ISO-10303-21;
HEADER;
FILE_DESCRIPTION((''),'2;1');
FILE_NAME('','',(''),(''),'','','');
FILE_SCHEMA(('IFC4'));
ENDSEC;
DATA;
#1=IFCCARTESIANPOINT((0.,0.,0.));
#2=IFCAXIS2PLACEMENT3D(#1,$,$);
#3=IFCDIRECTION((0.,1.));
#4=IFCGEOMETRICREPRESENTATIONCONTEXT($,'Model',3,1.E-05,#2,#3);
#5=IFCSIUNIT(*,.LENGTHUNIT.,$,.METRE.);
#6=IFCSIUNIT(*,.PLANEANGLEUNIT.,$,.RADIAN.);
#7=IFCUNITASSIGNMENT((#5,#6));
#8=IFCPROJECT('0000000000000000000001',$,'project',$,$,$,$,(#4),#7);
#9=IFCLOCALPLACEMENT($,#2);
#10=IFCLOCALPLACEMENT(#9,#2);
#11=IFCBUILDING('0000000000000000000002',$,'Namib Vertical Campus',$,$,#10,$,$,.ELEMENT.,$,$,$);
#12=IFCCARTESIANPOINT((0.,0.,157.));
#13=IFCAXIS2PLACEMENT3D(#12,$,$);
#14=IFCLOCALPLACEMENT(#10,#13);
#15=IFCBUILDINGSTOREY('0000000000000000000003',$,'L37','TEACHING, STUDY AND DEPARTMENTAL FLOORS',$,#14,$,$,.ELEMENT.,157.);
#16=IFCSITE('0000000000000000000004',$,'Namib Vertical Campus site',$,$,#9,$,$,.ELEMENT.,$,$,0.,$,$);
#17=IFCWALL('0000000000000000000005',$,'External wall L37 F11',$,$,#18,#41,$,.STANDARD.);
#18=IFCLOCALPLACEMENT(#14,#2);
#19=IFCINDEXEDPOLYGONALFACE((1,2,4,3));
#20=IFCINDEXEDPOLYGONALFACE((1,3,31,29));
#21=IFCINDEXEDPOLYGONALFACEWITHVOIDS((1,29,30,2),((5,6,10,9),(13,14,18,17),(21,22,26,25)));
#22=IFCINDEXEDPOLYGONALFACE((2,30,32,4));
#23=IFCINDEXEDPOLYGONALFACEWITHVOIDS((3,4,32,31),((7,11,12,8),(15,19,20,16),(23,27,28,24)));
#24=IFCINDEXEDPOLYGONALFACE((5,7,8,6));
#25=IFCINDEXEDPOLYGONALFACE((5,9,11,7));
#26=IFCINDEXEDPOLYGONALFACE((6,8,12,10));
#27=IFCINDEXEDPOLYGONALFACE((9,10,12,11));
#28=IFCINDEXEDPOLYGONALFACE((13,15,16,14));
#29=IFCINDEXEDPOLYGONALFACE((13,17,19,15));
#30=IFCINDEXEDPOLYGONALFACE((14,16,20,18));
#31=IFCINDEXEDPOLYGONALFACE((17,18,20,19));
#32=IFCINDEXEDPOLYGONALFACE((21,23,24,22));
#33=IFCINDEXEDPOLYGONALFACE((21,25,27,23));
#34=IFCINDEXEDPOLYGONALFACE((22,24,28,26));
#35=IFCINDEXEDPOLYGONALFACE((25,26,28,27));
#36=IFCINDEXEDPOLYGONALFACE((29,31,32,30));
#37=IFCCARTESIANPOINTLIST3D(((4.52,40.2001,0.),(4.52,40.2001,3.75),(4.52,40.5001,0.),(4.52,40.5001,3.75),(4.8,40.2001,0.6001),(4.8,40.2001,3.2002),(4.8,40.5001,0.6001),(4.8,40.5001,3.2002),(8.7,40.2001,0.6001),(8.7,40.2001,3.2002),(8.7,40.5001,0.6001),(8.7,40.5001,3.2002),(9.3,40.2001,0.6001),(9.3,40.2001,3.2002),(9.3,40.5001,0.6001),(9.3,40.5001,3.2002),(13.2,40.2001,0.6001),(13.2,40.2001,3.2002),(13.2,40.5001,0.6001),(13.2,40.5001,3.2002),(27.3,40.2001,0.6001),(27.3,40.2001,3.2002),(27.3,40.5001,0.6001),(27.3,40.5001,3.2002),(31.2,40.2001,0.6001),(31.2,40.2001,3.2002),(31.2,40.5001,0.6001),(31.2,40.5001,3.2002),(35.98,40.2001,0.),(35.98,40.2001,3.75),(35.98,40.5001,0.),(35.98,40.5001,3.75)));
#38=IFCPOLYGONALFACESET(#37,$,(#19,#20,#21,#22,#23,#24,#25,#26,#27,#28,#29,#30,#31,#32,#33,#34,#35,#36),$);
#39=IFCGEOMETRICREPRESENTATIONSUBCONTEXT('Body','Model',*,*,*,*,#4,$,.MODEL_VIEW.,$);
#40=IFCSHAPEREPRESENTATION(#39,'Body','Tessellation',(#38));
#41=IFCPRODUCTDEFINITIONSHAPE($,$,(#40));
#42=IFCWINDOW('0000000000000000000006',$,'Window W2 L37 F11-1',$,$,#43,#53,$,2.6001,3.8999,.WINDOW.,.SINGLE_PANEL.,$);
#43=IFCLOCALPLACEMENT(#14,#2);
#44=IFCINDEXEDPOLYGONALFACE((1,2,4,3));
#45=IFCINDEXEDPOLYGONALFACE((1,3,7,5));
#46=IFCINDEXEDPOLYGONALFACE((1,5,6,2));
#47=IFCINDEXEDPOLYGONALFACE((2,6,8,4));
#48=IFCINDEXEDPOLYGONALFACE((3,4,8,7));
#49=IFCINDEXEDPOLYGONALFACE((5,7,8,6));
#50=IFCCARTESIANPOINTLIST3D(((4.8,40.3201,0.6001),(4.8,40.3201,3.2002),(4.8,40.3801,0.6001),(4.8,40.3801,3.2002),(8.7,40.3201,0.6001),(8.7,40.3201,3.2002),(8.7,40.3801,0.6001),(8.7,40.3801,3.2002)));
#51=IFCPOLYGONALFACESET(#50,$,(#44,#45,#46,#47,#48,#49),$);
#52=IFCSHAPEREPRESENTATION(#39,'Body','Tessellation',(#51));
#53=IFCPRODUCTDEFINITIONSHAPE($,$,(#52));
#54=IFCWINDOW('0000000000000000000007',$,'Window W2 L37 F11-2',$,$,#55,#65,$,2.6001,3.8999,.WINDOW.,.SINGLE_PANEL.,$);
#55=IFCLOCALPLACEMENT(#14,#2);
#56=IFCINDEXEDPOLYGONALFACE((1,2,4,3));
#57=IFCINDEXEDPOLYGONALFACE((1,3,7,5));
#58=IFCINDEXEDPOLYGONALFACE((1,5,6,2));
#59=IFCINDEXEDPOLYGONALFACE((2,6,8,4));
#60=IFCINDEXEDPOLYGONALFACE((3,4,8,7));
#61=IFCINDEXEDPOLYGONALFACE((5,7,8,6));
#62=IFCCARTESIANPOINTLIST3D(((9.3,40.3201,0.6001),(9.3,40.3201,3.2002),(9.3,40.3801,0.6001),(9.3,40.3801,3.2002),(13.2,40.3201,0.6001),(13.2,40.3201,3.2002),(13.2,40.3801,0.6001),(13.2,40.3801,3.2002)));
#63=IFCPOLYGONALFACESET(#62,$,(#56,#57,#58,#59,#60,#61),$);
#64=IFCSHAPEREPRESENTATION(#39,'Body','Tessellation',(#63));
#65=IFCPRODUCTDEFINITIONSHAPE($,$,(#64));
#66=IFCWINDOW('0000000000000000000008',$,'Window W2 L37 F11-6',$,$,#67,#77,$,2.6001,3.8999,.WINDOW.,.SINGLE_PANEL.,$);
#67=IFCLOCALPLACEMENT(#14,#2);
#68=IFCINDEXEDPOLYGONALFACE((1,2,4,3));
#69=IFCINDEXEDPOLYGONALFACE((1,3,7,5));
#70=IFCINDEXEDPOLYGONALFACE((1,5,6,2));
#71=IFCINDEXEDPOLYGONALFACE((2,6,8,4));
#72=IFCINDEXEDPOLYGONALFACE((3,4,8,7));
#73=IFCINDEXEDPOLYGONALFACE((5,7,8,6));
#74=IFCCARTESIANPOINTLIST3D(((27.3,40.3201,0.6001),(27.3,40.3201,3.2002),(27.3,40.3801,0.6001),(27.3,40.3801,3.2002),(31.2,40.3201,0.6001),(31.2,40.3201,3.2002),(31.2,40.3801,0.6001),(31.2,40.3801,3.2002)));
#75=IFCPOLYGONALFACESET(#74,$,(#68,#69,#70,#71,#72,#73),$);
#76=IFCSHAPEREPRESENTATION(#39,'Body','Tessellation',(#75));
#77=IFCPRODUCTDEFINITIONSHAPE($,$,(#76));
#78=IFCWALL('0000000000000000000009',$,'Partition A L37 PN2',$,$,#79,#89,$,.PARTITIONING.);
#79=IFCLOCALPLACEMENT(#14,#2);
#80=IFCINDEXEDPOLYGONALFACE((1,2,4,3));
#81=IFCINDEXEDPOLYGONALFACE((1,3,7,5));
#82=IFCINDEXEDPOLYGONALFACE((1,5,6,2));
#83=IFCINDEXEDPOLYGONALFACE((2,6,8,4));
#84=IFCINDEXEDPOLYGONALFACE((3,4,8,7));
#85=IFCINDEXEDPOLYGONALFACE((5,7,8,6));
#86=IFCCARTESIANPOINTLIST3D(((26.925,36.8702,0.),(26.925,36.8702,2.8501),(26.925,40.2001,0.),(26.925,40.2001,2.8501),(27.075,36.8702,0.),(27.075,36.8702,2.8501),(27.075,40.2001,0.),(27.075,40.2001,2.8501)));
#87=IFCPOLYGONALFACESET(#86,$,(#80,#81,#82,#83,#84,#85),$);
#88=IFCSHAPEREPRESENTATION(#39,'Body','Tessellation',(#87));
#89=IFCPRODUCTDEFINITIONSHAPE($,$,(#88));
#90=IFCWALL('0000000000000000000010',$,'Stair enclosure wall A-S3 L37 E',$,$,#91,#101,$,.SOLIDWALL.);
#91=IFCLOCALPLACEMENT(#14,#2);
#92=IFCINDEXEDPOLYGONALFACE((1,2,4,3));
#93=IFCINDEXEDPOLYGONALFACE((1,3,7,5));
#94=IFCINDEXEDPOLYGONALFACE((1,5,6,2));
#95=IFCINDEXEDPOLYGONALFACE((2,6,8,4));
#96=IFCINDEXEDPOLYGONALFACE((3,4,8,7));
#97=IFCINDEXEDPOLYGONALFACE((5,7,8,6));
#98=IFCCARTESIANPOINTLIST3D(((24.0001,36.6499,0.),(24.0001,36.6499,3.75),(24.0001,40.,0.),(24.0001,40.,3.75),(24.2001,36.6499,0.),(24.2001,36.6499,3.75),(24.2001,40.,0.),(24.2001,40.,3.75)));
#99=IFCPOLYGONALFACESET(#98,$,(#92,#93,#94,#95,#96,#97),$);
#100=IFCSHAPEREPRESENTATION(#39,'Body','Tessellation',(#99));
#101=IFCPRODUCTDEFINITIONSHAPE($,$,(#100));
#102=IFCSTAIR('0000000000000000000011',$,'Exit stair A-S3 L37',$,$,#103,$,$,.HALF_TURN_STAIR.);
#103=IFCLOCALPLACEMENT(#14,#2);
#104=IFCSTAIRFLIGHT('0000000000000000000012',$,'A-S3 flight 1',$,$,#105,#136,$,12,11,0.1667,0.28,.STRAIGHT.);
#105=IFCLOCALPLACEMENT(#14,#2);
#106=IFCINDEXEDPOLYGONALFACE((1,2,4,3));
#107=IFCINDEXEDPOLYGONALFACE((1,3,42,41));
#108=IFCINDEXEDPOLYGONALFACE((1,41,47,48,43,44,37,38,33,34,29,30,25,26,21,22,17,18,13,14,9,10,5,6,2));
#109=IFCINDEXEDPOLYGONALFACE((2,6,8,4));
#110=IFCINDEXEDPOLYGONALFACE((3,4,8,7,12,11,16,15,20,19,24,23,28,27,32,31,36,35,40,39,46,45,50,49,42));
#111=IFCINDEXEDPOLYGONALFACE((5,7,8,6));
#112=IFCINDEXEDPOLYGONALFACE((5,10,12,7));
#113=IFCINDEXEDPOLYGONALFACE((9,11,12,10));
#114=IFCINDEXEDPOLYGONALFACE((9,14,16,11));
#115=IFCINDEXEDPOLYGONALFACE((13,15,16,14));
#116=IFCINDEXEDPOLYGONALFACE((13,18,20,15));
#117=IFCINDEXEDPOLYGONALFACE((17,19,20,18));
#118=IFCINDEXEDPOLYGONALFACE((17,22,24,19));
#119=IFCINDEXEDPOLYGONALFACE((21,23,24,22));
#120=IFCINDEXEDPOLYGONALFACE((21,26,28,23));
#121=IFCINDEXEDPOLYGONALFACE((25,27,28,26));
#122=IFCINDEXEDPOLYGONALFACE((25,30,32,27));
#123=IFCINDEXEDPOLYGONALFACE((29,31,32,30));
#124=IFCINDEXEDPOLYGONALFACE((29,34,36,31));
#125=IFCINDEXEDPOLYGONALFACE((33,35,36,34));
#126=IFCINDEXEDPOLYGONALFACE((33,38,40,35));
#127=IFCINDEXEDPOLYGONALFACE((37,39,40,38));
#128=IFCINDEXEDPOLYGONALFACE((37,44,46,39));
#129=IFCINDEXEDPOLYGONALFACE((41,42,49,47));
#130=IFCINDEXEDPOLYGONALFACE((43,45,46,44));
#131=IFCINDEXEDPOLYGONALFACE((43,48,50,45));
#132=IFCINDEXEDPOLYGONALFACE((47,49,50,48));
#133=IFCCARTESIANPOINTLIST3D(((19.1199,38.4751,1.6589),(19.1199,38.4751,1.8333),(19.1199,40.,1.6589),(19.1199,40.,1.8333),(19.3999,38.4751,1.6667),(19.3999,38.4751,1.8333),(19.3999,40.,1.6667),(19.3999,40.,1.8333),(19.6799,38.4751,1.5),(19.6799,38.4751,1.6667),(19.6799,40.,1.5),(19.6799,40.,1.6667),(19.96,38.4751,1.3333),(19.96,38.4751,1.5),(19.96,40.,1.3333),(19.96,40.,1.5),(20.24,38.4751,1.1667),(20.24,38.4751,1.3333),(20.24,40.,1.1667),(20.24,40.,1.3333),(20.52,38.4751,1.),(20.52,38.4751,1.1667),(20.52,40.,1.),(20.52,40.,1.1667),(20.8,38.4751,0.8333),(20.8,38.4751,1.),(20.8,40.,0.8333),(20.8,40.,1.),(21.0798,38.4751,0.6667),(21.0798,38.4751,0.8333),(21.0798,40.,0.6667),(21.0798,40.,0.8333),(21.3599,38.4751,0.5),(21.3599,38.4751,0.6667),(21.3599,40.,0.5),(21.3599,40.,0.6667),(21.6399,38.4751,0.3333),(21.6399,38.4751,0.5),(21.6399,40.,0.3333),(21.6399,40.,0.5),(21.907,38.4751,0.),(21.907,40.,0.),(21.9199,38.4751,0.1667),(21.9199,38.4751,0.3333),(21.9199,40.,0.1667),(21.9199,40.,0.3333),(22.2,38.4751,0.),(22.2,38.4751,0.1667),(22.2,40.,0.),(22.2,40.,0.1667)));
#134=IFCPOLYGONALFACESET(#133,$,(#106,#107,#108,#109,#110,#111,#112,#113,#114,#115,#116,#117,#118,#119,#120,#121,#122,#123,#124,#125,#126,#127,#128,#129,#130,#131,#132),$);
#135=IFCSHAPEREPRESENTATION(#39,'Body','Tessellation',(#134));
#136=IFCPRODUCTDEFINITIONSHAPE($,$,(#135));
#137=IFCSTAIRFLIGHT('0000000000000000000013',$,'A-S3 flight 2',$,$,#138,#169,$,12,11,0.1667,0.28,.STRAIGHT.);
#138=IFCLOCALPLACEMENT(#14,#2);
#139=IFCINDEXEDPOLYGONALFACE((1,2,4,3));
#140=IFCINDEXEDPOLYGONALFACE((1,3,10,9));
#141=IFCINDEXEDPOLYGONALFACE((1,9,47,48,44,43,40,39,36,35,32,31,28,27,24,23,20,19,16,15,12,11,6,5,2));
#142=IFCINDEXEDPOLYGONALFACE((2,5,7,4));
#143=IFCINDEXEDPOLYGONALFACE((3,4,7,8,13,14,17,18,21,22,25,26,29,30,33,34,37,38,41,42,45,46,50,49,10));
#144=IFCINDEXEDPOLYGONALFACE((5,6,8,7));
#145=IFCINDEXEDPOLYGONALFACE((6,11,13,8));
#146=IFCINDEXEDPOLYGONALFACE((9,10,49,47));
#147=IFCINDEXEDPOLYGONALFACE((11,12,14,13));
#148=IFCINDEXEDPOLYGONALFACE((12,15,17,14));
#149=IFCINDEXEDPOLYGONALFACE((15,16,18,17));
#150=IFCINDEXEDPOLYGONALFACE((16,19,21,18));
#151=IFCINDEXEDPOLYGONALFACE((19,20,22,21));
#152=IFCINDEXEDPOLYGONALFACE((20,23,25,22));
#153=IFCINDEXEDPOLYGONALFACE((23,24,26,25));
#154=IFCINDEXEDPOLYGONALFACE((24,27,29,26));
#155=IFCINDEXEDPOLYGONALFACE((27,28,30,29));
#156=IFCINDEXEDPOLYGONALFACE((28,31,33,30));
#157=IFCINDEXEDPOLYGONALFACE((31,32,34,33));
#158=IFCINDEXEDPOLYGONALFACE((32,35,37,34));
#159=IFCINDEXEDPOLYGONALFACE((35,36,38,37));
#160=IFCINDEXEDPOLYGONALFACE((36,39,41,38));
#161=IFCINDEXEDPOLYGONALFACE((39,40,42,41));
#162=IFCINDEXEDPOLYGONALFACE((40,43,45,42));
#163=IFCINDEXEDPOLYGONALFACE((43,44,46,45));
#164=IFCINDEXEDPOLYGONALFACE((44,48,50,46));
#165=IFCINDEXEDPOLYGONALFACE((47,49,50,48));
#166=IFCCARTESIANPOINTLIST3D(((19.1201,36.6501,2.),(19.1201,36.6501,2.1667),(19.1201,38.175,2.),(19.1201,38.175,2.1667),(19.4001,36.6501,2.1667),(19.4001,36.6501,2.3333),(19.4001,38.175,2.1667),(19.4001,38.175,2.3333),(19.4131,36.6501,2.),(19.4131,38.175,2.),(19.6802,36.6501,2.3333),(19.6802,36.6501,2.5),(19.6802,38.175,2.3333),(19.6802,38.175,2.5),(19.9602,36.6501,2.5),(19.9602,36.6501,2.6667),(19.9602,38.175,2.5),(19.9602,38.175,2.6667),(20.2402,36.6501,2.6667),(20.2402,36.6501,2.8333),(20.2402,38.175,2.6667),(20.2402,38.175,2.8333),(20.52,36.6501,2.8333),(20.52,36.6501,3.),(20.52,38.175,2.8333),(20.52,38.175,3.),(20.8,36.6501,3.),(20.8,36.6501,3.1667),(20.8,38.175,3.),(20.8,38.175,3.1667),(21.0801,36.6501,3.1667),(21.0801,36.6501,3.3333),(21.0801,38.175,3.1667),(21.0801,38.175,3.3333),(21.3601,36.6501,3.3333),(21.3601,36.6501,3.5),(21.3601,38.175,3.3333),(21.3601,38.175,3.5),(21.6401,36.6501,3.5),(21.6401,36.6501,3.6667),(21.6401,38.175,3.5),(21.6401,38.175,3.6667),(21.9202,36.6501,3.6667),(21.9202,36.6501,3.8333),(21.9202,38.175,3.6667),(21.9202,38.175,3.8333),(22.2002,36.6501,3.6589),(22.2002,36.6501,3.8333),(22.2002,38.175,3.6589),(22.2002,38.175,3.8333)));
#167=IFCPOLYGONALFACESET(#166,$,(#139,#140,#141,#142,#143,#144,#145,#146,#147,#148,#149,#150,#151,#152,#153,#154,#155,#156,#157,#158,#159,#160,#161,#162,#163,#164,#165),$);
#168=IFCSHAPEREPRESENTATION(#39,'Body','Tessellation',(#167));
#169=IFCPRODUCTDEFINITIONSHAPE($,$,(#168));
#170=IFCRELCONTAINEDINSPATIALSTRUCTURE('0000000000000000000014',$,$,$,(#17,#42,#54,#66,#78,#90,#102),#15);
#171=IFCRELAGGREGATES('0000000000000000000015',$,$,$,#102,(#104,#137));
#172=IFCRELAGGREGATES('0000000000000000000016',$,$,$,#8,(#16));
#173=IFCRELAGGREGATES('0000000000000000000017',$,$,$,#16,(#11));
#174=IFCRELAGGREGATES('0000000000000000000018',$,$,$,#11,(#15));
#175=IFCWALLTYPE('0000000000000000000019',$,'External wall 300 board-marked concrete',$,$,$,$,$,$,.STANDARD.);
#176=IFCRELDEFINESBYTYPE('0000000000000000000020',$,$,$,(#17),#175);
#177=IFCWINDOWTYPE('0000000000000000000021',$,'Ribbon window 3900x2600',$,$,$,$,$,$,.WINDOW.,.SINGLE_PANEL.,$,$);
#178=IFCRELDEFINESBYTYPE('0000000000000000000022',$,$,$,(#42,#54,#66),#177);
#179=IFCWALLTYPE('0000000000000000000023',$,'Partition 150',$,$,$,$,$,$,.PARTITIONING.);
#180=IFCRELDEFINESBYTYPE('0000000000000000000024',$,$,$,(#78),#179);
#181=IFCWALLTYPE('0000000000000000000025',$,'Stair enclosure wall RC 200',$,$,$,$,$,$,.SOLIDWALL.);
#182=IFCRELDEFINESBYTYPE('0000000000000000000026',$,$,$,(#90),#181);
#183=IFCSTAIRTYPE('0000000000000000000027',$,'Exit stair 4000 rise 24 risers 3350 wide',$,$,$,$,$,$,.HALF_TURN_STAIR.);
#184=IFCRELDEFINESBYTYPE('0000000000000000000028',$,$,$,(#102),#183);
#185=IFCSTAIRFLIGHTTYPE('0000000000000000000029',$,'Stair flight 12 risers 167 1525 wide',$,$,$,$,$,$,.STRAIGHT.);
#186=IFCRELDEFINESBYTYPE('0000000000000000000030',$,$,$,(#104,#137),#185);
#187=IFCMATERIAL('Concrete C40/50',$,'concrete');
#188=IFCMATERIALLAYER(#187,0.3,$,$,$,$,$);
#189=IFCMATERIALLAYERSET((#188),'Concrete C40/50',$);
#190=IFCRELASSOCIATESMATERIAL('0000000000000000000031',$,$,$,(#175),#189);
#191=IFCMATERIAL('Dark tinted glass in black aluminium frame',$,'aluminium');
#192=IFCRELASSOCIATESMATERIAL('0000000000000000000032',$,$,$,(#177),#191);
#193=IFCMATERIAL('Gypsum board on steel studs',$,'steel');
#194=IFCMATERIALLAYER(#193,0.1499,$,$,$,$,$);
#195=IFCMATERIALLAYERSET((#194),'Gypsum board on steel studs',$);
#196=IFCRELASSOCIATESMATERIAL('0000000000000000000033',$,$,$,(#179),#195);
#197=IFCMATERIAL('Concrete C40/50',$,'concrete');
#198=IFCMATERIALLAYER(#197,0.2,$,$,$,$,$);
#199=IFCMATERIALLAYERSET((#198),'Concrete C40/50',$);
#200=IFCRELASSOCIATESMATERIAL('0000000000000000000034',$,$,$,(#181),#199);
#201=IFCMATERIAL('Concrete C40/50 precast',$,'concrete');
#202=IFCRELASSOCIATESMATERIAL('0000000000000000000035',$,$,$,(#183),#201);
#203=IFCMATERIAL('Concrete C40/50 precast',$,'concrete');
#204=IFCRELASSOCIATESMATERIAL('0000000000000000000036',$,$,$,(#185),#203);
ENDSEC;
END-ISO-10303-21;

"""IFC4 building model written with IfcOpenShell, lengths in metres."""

from ifc_helpers import new_model, si_unit, direction, frame, frame_2d, origin, place, context, subcontext, project, spatial, polyline, rectangle, outline, extrude, material, layer, layer_set, type_object, element, fill, aggregate, save


model = new_model("IFC4")

# Units and contexts
model_context = context("Model", 3, precision=1e-05, world=origin(), true_north=direction((0.0, 1.0)))
body_context = subcontext(model_context, "Body", "Model", "MODEL_VIEW")
ifc_project = project(units=[si_unit("LENGTHUNIT", "METRE"), si_unit("PLANEANGLEUNIT", "RADIAN")], contexts=[model_context])

# Site, building, storey
site_placement = place(None, origin())
site = spatial("IfcSite", under=ifc_project, at=site_placement, Name="Namib Vertical Campus site", CompositionType="ELEMENT", RefElevation=0.0)
building_placement = place(site_placement, origin())
building = spatial("IfcBuilding", under=site, at=building_placement, Name="Namib Vertical Campus", CompositionType="ELEMENT")
storey_placement = place(building_placement, frame((0.0, 0.0, 157.0)))
storey = spatial("IfcBuildingStorey", under=building, at=storey_placement, Name="L37", Description="TEACHING, STUDY AND DEPARTMENTAL FLOORS", CompositionType="ELEMENT", Elevation=157.0)

# Shared definitions
ifc_material_1 = material(Name="Concrete C40/50", Category="concrete")
ifc_layer_1 = layer(ifc_material_1, 0.3)
ifc_layer_set_1 = layer_set([ifc_layer_1], Name="Concrete C40/50")
wall_type_1 = type_object("IfcWallType", Name="External wall 300 board-marked concrete", PredefinedType="STANDARD", material=ifc_layer_set_1)

# Wall, openings, windows
wall_1_placement = place(storey_placement, frame((35.98, 40.3501, 0.0), z_axis=(0.0, 0.0, 1.0), x_axis=(-1.0, 0.0, 0.0)))
wall_1 = element("IfcWall", 1, at=wall_1_placement, inside=storey, type_object=wall_type_1, Name="External wall L37 F11", PredefinedType="STANDARD", context=body_context, shape_type="SweptSolid", body=[
    extrude(rectangle(XDim=31.46, YDim=0.3, at=frame_2d((15.73, 0.0))), origin(), (0.0, 0.0, 1.0), 3.75),
])
opening_1_placement = place(wall_1_placement, frame((27.28, 0.0, 0.6001)))
opening_1 = element("IfcOpeningElement", 2, at=opening_1_placement, cuts=wall_1, PredefinedType="OPENING", context=body_context, shape_type="SweptSolid", body=[
    extrude(rectangle(XDim=3.8999, YDim=2.6001, at=frame_2d((1.95, 1.3))), frame((0.0, 0.1599, 0.0), z_axis=(0.0, -1.0, 0.0), x_axis=(1.0, 0.0, 0.0)), (0.0, 0.0, 1.0), 0.3201),
])
opening_2_placement = place(wall_1_placement, frame((22.78, 0.0, 0.6001)))
opening_2 = element("IfcOpeningElement", 3, at=opening_2_placement, cuts=wall_1, PredefinedType="OPENING", context=body_context, shape_type="SweptSolid", body=[
    extrude(rectangle(XDim=3.8999, YDim=2.6001, at=frame_2d((1.95, 1.3))), frame((0.0, 0.1599, 0.0), z_axis=(0.0, -1.0, 0.0), x_axis=(1.0, 0.0, 0.0)), (0.0, 0.0, 1.0), 0.3201),
])
opening_3_placement = place(wall_1_placement, frame((4.78, 0.0, 0.6001)))
opening_3 = element("IfcOpeningElement", 4, at=opening_3_placement, cuts=wall_1, PredefinedType="OPENING", context=body_context, shape_type="SweptSolid", body=[
    extrude(rectangle(XDim=3.8999, YDim=2.6001, at=frame_2d((1.95, 1.3))), frame((0.0, 0.1599, 0.0), z_axis=(0.0, -1.0, 0.0), x_axis=(1.0, 0.0, 0.0)), (0.0, 0.0, 1.0), 0.3201),
])
ifc_material_2 = material(Name="Dark tinted glass in black aluminium frame", Category="aluminium")
window_type = type_object("IfcWindowType", Name="Ribbon window 3900x2600", PartitioningType="SINGLE_PANEL", PredefinedType="WINDOW", material=ifc_material_2)
window_1_placement = place(opening_1_placement, origin())
window_1 = element("IfcWindow", 5, at=window_1_placement, inside=storey, type_object=window_type, Name="Window W2 L37 F11-1", OverallHeight=2.6001, OverallWidth=3.8999, PartitioningType="SINGLE_PANEL", PredefinedType="WINDOW", context=body_context, shape_type="SweptSolid", body=[
    extrude(rectangle(XDim=3.8999, YDim=2.6001, at=frame_2d((1.95, 1.3))), frame((0.0, 0.03, 0.0), z_axis=(0.0, -1.0, 0.0), x_axis=(1.0, 0.0, 0.0)), (0.0, 0.0, 1.0), 0.0601),
])
fill(opening_1, window_1)
window_2_placement = place(opening_2_placement, origin())
window_2 = element("IfcWindow", 6, at=window_2_placement, inside=storey, type_object=window_type, Name="Window W2 L37 F11-2", OverallHeight=2.6001, OverallWidth=3.8999, PartitioningType="SINGLE_PANEL", PredefinedType="WINDOW", context=body_context, shape_type="SweptSolid", body=[
    extrude(rectangle(XDim=3.8999, YDim=2.6001, at=frame_2d((1.95, 1.3))), frame((0.0, 0.03, 0.0), z_axis=(0.0, -1.0, 0.0), x_axis=(1.0, 0.0, 0.0)), (0.0, 0.0, 1.0), 0.0601),
])
fill(opening_2, window_2)
window_3_placement = place(opening_3_placement, origin())
window_3 = element("IfcWindow", 7, at=window_3_placement, inside=storey, type_object=window_type, Name="Window W2 L37 F11-6", OverallHeight=2.6001, OverallWidth=3.8999, PartitioningType="SINGLE_PANEL", PredefinedType="WINDOW", context=body_context, shape_type="SweptSolid", body=[
    extrude(rectangle(XDim=3.8999, YDim=2.6001, at=frame_2d((1.95, 1.3))), frame((0.0, 0.03, 0.0), z_axis=(0.0, -1.0, 0.0), x_axis=(1.0, 0.0, 0.0)), (0.0, 0.0, 1.0), 0.0601),
])
fill(opening_3, window_3)

# Walls
ifc_material_3 = material(Name="Gypsum board on steel studs", Category="steel")
ifc_layer_2 = layer(ifc_material_3, 0.1499)
ifc_layer_set_2 = layer_set([ifc_layer_2], Name="Gypsum board on steel studs")
wall_type_2 = type_object("IfcWallType", Name="Partition 150", PredefinedType="PARTITIONING", material=ifc_layer_set_2)
wall_2_placement = place(storey_placement, frame((27.0, 36.8701, 0.0), z_axis=(0.0, 0.0, 1.0), x_axis=(0.0, 1.0, 0.0)))
element("IfcWall", 8, at=wall_2_placement, inside=storey, type_object=wall_type_2, Name="Partition A L37 PN2", PredefinedType="PARTITIONING", context=body_context, shape_type="SweptSolid", body=[
    extrude(rectangle(XDim=3.3298, YDim=0.1499, at=frame_2d((1.665, 0.0))), origin(), (0.0, 0.0, 1.0), 2.8501),
])
ifc_material_4 = material(Name="Concrete C40/50", Category="concrete")
ifc_layer_3 = layer(ifc_material_4, 0.2)
ifc_layer_set_3 = layer_set([ifc_layer_3], Name="Concrete C40/50")
wall_type_3 = type_object("IfcWallType", Name="Stair enclosure wall RC 200", PredefinedType="SOLIDWALL", material=ifc_layer_set_3)
wall_3_placement = place(storey_placement, frame((24.1001, 36.6499, 0.0), z_axis=(0.0, 0.0, 1.0), x_axis=(0.0, 1.0, 0.0)))
element("IfcWall", 9, at=wall_3_placement, inside=storey, type_object=wall_type_3, Name="Stair enclosure wall A-S3 L37 E", PredefinedType="SOLIDWALL", context=body_context, shape_type="SweptSolid", body=[
    extrude(rectangle(XDim=3.3501, YDim=0.2, at=frame_2d((1.675, 0.0))), origin(), (0.0, 0.0, 1.0), 3.75),
])

# Stair, stair flights
ifc_material_5 = material(Name="Concrete C40/50 precast", Category="concrete")
stair_type = type_object("IfcStairType", Name="Exit stair 4000 rise 24 risers 3350 wide", PredefinedType="HALF_TURN_STAIR", material=ifc_material_5)
stair_placement = place(storey_placement, origin())
stair = element("IfcStair", 10, at=stair_placement, inside=storey, type_object=stair_type, Name="Exit stair A-S3 L37", PredefinedType="HALF_TURN_STAIR")
ifc_material_6 = material(Name="Concrete C40/50 precast", Category="concrete")
stair_flight_type = type_object("IfcStairFlightType", Name="Stair flight 12 risers 167 1525 wide", PredefinedType="STRAIGHT", material=ifc_material_6)
stair_flight_1_placement = place(storey_placement, frame((22.2, 39.2375, 0.0), z_axis=(0.0, 0.0, 1.0), x_axis=(-1.0, 0.0, 0.0)))
stair_flight_1 = element("IfcStairFlight", 11, at=stair_flight_1_placement, type_object=stair_flight_type, Name="A-S3 flight 1", NumberOfRisers=12, NumberOfTreads=11, PredefinedType="STRAIGHT", RiserHeight=0.1667, TreadLength=0.28, context=body_context, shape_type="SweptSolid", body=[
    extrude(outline(polyline([(0.0, 0.0), (0.0, 0.1667), (0.28, 0.1667), (0.28, 0.3333), (0.5601, 0.3333), (0.5601, 0.5), (0.8401, 0.5), (0.8401, 0.6667), (1.1201, 0.6667), (1.1201, 0.8333), (1.3999, 0.8333), (1.3999, 1.0), (1.6799, 1.0), (1.6799, 1.1667), (1.96, 1.1667), (1.96, 1.3333), (2.24, 1.3333), (2.24, 1.5), (2.52, 1.5), (2.52, 1.6667), (2.8, 1.6667), (2.8, 1.8333), (3.0801, 1.8333), (3.0801, 2.0), (3.0801, 1.6589), (0.293, 0.0), (0.0, 0.0)])), frame((0.0, 0.7625, 0.0), z_axis=(0.0, -1.0, 0.0), x_axis=(1.0, 0.0, 0.0)), (0.0, 0.0, 1.0), 1.5249),
])
stair_flight_2_placement = place(storey_placement, frame((19.1201, 37.4126, 2.0), z_axis=(0.0, 0.0, 1.0), x_axis=(1.0, 0.0, 0.0)))
stair_flight_2 = element("IfcStairFlight", 12, at=stair_flight_2_placement, type_object=stair_flight_type, Name="A-S3 flight 2", NumberOfRisers=12, NumberOfTreads=11, PredefinedType="STRAIGHT", RiserHeight=0.1667, TreadLength=0.28, context=body_context, shape_type="SweptSolid", body=[
    extrude(outline(polyline([(0.0, 0.0), (0.0, 0.1667), (0.28, 0.1667), (0.28, 0.3333), (0.5601, 0.3333), (0.5601, 0.5), (0.8401, 0.5), (0.8401, 0.6667), (1.1201, 0.6667), (1.1201, 0.8333), (1.3999, 0.8333), (1.3999, 1.0), (1.6799, 1.0), (1.6799, 1.1667), (1.96, 1.1667), (1.96, 1.3333), (2.24, 1.3333), (2.24, 1.5), (2.52, 1.5), (2.52, 1.6667), (2.8, 1.6667), (2.8, 1.8333), (3.0801, 1.8333), (3.0801, 2.0), (3.0801, 1.6589), (0.293, 0.0), (0.0, 0.0)])), frame((0.0, 0.7625, 0.0), z_axis=(0.0, -1.0, 0.0), x_axis=(1.0, 0.0, 0.0)), (0.0, 0.0, 1.0), 1.5249),
])
aggregate(stair, [stair_flight_1, stair_flight_2])

save(model, "model.ifc")
